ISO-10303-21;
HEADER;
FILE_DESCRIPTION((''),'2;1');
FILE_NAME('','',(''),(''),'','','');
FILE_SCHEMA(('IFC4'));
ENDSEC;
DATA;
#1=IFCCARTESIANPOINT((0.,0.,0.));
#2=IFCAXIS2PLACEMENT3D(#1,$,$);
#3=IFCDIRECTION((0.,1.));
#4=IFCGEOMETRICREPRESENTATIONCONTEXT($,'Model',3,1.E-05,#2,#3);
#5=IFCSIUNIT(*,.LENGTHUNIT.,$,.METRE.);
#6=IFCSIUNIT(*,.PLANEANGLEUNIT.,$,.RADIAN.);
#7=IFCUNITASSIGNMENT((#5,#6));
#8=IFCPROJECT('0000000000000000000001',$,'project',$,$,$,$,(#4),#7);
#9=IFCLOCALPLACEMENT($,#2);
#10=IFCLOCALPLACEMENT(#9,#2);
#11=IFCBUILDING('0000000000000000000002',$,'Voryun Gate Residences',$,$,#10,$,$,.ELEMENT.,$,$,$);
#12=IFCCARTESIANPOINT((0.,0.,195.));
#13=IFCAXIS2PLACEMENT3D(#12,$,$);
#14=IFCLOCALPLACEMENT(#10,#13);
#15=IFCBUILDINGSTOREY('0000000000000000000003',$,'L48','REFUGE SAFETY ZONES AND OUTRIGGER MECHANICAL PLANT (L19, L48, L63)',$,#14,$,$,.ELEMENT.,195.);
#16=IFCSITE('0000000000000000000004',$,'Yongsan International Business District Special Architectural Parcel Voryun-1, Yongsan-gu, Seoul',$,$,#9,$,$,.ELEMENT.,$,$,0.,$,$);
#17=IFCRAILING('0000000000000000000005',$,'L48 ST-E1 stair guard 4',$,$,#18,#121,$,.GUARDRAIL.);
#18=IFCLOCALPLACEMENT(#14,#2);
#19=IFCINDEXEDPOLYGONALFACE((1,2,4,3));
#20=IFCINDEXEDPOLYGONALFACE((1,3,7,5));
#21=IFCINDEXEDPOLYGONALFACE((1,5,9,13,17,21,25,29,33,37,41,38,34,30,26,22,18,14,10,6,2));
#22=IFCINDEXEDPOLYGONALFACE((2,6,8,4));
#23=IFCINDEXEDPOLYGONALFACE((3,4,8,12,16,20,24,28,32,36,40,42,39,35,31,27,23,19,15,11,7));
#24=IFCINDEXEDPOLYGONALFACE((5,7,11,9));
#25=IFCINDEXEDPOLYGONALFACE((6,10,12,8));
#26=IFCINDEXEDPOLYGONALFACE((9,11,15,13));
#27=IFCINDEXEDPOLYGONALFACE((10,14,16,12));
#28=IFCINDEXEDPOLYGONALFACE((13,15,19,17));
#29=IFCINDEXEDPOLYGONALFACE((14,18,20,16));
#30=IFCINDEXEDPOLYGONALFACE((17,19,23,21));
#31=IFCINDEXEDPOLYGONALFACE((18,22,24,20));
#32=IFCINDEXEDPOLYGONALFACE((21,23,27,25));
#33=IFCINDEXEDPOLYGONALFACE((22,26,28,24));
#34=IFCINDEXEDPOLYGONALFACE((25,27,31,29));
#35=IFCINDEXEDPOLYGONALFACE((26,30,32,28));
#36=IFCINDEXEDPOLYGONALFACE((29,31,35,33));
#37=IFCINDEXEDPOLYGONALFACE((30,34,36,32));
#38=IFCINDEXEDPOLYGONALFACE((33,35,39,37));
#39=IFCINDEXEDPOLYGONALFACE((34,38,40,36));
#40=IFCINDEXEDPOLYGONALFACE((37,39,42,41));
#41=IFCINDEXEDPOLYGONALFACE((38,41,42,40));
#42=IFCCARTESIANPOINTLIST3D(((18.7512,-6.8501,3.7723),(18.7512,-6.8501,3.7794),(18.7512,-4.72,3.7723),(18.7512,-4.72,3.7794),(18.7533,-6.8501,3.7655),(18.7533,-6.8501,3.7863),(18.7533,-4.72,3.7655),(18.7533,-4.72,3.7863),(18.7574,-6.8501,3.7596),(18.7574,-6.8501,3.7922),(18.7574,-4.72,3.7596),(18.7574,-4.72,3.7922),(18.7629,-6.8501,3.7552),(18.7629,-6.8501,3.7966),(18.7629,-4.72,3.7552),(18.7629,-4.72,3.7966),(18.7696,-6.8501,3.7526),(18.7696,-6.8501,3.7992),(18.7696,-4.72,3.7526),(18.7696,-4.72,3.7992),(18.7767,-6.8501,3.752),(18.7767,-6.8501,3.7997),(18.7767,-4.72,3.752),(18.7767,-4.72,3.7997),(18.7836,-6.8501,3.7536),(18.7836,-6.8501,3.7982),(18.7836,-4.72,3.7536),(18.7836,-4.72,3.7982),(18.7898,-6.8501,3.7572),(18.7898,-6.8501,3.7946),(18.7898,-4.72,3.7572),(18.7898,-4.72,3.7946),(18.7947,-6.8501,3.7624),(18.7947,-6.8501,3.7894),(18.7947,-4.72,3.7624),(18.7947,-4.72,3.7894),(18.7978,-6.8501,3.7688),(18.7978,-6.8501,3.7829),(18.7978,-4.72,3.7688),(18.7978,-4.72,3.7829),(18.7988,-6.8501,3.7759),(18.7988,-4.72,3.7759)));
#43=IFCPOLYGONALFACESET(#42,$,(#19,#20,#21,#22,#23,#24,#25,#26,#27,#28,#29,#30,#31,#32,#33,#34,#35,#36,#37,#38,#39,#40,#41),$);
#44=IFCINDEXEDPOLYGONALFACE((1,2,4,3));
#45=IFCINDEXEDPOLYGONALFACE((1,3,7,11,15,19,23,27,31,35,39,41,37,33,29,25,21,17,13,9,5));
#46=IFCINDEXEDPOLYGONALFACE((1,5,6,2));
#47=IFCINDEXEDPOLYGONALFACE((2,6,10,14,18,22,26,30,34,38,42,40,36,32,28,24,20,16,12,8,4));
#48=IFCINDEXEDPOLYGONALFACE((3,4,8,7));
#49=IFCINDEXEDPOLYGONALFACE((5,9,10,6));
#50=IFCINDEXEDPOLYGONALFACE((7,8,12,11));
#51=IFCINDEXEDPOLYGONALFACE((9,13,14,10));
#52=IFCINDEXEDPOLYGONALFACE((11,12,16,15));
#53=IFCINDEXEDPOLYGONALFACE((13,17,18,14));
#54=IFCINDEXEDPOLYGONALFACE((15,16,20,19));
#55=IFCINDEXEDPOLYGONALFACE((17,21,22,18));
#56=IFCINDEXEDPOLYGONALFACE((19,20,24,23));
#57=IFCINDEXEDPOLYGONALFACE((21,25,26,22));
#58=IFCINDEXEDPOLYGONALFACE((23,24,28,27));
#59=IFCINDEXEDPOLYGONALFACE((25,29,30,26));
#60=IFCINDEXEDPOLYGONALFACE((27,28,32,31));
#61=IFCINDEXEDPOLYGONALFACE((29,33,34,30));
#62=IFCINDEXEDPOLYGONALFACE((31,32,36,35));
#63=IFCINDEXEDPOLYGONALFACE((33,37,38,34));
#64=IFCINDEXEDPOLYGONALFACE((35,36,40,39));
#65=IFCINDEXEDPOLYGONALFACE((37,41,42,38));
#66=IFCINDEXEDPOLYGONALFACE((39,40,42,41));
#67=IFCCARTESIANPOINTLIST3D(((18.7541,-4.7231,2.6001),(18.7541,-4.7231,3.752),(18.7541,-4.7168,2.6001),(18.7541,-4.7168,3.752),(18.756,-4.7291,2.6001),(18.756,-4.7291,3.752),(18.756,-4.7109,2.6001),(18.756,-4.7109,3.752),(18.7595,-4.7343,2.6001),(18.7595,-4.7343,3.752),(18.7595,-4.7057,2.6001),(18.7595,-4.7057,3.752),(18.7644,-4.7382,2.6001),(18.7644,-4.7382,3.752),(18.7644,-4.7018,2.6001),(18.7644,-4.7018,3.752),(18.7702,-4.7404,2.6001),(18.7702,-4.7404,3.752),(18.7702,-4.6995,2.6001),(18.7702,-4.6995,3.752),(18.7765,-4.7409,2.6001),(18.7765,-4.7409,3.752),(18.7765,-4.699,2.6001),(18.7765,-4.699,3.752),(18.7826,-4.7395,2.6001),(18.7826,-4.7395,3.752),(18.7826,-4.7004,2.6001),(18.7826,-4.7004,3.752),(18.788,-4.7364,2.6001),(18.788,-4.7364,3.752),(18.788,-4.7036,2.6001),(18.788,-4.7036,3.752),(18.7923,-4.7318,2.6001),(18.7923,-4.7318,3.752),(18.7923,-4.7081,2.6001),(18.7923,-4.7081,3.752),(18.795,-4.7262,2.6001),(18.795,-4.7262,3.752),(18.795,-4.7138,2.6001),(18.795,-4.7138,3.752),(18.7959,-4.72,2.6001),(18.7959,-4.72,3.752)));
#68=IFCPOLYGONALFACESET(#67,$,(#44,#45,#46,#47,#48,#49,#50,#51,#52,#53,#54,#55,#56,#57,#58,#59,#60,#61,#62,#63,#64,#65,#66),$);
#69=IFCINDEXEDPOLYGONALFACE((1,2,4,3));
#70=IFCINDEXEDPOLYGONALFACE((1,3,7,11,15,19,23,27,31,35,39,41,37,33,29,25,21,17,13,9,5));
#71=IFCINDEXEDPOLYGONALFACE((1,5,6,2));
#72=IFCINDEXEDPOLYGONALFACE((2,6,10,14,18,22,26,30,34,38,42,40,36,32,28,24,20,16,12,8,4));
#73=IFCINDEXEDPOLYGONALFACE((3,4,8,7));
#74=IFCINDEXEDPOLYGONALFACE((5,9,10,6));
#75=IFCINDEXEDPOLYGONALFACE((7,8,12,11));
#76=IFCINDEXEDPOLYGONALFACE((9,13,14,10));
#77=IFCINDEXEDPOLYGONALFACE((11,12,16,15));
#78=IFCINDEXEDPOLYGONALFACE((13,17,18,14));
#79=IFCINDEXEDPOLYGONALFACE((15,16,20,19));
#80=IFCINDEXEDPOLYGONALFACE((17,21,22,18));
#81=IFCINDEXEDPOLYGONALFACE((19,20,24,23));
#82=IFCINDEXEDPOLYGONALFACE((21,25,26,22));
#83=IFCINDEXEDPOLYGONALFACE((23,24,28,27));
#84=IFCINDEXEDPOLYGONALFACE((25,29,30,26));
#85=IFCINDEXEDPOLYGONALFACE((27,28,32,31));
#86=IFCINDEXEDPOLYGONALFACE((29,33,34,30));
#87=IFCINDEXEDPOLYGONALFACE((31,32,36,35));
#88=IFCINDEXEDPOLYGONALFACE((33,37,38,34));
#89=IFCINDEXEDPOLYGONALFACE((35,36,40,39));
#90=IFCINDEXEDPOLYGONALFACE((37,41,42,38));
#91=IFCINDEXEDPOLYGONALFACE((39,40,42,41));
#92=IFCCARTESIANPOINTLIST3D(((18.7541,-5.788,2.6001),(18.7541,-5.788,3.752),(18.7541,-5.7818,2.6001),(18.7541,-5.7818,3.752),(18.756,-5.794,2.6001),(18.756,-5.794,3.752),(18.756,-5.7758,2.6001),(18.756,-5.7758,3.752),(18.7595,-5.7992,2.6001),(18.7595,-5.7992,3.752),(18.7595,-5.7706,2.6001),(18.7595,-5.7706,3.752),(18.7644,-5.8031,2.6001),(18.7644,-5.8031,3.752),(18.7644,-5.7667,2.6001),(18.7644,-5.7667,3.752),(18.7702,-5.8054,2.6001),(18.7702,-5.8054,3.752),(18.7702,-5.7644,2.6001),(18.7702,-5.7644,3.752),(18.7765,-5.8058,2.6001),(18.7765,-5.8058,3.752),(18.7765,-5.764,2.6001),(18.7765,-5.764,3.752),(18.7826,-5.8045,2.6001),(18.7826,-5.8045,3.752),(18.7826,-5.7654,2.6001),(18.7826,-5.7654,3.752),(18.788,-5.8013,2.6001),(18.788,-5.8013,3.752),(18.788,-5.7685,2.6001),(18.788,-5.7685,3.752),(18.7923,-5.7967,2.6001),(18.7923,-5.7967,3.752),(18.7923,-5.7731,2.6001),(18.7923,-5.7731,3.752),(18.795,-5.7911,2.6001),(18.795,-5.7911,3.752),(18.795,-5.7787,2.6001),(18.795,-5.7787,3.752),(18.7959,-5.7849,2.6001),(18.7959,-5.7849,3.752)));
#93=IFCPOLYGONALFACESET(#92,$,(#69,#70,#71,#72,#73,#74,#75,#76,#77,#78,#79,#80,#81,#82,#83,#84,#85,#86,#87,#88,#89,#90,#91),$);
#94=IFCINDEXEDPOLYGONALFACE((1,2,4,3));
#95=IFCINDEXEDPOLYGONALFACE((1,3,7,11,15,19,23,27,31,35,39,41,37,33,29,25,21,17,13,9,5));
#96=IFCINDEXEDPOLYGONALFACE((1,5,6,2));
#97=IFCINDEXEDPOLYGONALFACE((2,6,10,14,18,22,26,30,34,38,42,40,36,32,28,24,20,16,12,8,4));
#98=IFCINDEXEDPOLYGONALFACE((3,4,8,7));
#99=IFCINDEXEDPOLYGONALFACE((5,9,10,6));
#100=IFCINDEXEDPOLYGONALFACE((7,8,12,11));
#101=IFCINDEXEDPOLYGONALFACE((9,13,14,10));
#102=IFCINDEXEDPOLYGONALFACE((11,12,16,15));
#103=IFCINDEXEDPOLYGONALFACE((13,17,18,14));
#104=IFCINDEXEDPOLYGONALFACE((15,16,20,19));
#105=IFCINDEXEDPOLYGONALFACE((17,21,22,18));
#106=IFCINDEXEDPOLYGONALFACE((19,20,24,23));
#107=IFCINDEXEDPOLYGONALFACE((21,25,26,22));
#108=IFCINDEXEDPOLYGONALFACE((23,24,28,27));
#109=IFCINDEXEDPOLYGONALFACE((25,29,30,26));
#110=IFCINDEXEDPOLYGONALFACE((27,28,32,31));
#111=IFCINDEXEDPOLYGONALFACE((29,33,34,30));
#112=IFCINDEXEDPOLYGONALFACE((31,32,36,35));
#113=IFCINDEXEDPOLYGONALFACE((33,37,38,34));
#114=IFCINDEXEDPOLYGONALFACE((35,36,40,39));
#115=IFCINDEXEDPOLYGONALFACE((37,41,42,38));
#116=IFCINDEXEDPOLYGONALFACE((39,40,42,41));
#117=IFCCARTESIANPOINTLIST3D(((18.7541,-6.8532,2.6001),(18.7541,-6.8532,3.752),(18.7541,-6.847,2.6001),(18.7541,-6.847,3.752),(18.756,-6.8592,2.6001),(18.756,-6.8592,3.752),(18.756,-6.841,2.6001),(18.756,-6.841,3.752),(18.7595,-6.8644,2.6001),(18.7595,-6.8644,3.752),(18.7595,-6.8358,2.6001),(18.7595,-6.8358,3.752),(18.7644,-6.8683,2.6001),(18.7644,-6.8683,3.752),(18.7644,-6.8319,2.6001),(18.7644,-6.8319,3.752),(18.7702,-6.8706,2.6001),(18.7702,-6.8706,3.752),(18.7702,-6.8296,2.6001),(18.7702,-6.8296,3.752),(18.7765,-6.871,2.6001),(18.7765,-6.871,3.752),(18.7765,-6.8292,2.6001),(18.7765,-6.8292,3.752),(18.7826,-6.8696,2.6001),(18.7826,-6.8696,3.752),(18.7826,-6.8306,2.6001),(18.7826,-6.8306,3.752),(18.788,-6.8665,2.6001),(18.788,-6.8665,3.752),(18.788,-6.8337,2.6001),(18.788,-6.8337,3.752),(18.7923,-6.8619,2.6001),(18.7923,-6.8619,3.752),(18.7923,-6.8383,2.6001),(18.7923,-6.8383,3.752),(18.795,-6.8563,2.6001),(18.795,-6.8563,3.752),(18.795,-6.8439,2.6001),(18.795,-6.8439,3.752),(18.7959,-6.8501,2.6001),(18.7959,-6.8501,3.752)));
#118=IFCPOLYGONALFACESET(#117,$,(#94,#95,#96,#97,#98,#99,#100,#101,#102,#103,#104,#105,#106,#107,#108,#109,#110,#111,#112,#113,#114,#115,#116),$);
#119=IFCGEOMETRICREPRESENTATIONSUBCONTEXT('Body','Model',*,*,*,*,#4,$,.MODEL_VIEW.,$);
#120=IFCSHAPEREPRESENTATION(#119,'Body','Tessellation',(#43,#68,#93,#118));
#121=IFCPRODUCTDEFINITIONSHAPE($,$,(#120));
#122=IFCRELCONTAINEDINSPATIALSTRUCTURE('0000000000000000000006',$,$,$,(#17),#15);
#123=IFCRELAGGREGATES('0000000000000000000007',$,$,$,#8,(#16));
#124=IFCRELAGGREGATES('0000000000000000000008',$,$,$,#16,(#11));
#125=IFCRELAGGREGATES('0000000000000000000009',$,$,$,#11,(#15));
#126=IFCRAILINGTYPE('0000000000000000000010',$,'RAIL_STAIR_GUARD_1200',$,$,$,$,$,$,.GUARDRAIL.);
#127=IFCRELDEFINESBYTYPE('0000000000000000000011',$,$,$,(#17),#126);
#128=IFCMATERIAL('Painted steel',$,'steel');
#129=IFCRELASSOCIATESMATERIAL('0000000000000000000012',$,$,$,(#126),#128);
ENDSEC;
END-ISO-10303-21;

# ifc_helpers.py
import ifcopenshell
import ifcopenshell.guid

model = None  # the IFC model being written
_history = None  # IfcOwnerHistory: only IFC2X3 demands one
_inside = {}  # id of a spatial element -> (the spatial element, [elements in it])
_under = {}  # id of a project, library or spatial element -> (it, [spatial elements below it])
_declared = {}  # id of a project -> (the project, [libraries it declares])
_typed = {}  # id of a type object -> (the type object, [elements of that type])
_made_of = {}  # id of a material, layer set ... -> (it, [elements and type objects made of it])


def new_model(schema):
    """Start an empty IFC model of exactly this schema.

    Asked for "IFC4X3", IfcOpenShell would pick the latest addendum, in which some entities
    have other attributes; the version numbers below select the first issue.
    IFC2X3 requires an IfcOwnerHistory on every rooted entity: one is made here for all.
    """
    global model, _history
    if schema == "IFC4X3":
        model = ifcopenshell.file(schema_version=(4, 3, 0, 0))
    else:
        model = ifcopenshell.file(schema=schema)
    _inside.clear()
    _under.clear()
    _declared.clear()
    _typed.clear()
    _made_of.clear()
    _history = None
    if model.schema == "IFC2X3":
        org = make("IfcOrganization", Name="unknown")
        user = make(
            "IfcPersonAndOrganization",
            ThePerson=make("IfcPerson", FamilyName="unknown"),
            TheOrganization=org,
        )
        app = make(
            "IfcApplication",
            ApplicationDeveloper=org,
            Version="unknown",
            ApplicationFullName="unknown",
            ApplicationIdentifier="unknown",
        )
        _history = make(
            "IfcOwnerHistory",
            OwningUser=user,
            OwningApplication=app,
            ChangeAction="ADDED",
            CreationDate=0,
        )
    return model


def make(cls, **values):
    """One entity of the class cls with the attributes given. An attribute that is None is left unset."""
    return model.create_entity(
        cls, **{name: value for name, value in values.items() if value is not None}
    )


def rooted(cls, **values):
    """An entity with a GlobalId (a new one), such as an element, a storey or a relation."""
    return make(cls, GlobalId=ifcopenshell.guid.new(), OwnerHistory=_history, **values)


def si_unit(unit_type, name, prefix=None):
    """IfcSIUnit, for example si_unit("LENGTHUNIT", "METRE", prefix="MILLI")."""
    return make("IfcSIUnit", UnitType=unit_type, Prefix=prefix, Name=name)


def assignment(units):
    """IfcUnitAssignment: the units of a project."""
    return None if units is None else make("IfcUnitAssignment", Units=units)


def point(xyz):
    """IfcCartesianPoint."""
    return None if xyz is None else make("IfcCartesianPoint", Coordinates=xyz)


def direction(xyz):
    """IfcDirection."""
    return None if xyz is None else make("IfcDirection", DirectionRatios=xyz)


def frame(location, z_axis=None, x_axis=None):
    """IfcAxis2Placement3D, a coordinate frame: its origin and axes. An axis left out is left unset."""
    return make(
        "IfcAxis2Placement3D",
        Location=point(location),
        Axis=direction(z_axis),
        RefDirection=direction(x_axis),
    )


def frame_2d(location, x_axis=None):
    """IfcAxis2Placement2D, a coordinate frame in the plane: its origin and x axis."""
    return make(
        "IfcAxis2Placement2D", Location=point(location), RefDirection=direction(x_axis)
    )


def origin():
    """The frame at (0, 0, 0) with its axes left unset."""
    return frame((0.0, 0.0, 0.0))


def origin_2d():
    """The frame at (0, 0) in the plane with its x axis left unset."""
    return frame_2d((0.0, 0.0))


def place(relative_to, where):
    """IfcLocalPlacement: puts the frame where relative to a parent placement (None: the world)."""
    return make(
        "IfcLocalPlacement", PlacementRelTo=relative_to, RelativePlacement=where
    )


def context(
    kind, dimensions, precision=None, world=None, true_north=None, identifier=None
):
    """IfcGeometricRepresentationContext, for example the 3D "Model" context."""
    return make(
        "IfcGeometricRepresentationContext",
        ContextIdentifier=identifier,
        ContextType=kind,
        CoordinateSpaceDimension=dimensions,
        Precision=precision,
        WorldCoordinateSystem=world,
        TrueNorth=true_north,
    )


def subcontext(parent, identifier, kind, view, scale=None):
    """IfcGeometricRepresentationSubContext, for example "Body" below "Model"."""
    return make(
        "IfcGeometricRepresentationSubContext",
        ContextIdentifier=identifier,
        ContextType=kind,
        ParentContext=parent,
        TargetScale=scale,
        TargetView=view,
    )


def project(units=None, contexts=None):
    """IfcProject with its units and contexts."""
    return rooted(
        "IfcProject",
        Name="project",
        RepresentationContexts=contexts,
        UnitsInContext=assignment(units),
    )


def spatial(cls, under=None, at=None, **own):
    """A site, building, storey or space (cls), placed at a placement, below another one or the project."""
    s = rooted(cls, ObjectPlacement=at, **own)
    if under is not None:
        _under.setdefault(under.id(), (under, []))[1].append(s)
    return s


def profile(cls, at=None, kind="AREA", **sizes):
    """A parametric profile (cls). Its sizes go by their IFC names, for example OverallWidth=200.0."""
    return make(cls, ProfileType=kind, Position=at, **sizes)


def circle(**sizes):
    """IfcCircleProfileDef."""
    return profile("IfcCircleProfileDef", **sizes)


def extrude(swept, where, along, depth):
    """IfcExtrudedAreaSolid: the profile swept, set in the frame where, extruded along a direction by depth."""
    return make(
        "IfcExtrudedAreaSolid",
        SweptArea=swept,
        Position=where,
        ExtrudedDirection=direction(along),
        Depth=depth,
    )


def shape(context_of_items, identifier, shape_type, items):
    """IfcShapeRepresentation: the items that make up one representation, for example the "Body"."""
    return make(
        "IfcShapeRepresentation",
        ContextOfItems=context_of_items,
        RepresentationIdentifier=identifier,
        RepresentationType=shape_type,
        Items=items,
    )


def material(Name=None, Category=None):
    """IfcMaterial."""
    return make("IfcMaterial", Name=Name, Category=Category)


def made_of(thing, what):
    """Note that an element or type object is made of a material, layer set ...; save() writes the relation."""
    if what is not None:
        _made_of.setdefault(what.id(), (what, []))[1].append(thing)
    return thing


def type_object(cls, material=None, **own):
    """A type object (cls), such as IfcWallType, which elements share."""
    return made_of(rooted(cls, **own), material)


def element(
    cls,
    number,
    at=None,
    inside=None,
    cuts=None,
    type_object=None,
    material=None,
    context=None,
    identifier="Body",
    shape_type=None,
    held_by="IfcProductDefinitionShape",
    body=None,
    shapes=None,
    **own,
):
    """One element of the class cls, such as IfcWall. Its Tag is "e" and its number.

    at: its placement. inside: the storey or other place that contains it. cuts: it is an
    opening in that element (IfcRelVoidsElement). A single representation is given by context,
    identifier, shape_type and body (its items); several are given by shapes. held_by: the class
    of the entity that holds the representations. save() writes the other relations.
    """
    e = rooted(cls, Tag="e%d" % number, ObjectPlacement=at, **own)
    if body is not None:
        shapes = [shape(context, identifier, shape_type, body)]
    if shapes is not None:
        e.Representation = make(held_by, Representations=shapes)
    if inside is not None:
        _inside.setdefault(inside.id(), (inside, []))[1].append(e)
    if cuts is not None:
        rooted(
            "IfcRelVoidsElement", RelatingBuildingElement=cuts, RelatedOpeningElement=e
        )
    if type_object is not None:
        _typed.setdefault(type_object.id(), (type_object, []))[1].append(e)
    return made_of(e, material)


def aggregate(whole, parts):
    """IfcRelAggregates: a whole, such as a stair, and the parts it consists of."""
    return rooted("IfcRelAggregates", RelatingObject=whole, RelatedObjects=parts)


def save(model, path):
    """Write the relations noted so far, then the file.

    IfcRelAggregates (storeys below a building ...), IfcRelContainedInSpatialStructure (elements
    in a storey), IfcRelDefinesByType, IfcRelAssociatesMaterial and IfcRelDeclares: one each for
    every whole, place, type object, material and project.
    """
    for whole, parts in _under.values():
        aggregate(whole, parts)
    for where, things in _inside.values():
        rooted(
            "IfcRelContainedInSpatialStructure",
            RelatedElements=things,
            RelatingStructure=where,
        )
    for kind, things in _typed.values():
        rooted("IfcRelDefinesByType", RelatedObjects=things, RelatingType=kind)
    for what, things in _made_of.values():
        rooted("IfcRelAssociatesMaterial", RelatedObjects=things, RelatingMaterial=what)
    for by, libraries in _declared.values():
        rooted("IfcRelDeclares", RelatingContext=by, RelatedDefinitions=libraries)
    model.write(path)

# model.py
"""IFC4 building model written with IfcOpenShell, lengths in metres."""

from ifc_helpers import new_model, si_unit, direction, frame, origin, origin_2d, place, context, subcontext, project, spatial, circle, extrude, material, type_object, element, save


model = new_model("IFC4")

# Units and contexts
model_context = context("Model", 3, precision=1e-05, world=origin(), true_north=direction((0.0, 1.0)))
body_context = subcontext(model_context, "Body", "Model", "MODEL_VIEW")
ifc_project = project(units=[si_unit("LENGTHUNIT", "METRE"), si_unit("PLANEANGLEUNIT", "RADIAN")], contexts=[model_context])

# Site, building, storey
site_placement = place(None, origin())
site = spatial("IfcSite", under=ifc_project, at=site_placement, Name="Yongsan International Business District Special Architectural Parcel Voryun-1, Yongsan-gu, Seoul", CompositionType="ELEMENT", RefElevation=0.0)
building_placement = place(site_placement, origin())
building = spatial("IfcBuilding", under=site, at=building_placement, Name="Voryun Gate Residences", CompositionType="ELEMENT")
storey_placement = place(building_placement, frame((0.0, 0.0, 195.0)))
storey = spatial("IfcBuildingStorey", under=building, at=storey_placement, Name="L48", Description="REFUGE SAFETY ZONES AND OUTRIGGER MECHANICAL PLANT (L19, L48, L63)", CompositionType="ELEMENT", Elevation=195.0)

# Railing
ifc_material_1 = material(Name="Painted steel", Category="steel")
railing_type_1 = type_object("IfcRailingType", Name="RAIL_STAIR_GUARD_1200", PredefinedType="GUARDRAIL", material=ifc_material_1)
railing_1_placement = place(storey_placement, frame((18.7749, -4.72, 2.6001)))
element("IfcRailing", 1, at=railing_1_placement, inside=storey, type_object=railing_type_1, Name="L48 ST-E1 stair guard 4", PredefinedType="GUARDRAIL", context=body_context, shape_type="SweptSolid", body=[
    extrude(circle(Radius=0.0239, at=origin_2d()), frame((0.0, 0.0, 1.1758), z_axis=(0.0, -1.0, 0.0), x_axis=(1.0, 0.0, 0.0)), (0.0, 0.0, 1.0), 2.1301),
    extrude(circle(Radius=0.021, at=origin_2d()), origin(), (0.0, 0.0, 1.0), 1.1519),
    extrude(circle(Radius=0.021, at=origin_2d()), frame((0.0, -1.0649, 0.0)), (0.0, 0.0, 1.0), 1.1519),
    extrude(circle(Radius=0.021, at=origin_2d()), frame((0.0, -2.1301, 0.0)), (0.0, 0.0, 1.0), 1.1519),
])

save(model, "model.ifc")
